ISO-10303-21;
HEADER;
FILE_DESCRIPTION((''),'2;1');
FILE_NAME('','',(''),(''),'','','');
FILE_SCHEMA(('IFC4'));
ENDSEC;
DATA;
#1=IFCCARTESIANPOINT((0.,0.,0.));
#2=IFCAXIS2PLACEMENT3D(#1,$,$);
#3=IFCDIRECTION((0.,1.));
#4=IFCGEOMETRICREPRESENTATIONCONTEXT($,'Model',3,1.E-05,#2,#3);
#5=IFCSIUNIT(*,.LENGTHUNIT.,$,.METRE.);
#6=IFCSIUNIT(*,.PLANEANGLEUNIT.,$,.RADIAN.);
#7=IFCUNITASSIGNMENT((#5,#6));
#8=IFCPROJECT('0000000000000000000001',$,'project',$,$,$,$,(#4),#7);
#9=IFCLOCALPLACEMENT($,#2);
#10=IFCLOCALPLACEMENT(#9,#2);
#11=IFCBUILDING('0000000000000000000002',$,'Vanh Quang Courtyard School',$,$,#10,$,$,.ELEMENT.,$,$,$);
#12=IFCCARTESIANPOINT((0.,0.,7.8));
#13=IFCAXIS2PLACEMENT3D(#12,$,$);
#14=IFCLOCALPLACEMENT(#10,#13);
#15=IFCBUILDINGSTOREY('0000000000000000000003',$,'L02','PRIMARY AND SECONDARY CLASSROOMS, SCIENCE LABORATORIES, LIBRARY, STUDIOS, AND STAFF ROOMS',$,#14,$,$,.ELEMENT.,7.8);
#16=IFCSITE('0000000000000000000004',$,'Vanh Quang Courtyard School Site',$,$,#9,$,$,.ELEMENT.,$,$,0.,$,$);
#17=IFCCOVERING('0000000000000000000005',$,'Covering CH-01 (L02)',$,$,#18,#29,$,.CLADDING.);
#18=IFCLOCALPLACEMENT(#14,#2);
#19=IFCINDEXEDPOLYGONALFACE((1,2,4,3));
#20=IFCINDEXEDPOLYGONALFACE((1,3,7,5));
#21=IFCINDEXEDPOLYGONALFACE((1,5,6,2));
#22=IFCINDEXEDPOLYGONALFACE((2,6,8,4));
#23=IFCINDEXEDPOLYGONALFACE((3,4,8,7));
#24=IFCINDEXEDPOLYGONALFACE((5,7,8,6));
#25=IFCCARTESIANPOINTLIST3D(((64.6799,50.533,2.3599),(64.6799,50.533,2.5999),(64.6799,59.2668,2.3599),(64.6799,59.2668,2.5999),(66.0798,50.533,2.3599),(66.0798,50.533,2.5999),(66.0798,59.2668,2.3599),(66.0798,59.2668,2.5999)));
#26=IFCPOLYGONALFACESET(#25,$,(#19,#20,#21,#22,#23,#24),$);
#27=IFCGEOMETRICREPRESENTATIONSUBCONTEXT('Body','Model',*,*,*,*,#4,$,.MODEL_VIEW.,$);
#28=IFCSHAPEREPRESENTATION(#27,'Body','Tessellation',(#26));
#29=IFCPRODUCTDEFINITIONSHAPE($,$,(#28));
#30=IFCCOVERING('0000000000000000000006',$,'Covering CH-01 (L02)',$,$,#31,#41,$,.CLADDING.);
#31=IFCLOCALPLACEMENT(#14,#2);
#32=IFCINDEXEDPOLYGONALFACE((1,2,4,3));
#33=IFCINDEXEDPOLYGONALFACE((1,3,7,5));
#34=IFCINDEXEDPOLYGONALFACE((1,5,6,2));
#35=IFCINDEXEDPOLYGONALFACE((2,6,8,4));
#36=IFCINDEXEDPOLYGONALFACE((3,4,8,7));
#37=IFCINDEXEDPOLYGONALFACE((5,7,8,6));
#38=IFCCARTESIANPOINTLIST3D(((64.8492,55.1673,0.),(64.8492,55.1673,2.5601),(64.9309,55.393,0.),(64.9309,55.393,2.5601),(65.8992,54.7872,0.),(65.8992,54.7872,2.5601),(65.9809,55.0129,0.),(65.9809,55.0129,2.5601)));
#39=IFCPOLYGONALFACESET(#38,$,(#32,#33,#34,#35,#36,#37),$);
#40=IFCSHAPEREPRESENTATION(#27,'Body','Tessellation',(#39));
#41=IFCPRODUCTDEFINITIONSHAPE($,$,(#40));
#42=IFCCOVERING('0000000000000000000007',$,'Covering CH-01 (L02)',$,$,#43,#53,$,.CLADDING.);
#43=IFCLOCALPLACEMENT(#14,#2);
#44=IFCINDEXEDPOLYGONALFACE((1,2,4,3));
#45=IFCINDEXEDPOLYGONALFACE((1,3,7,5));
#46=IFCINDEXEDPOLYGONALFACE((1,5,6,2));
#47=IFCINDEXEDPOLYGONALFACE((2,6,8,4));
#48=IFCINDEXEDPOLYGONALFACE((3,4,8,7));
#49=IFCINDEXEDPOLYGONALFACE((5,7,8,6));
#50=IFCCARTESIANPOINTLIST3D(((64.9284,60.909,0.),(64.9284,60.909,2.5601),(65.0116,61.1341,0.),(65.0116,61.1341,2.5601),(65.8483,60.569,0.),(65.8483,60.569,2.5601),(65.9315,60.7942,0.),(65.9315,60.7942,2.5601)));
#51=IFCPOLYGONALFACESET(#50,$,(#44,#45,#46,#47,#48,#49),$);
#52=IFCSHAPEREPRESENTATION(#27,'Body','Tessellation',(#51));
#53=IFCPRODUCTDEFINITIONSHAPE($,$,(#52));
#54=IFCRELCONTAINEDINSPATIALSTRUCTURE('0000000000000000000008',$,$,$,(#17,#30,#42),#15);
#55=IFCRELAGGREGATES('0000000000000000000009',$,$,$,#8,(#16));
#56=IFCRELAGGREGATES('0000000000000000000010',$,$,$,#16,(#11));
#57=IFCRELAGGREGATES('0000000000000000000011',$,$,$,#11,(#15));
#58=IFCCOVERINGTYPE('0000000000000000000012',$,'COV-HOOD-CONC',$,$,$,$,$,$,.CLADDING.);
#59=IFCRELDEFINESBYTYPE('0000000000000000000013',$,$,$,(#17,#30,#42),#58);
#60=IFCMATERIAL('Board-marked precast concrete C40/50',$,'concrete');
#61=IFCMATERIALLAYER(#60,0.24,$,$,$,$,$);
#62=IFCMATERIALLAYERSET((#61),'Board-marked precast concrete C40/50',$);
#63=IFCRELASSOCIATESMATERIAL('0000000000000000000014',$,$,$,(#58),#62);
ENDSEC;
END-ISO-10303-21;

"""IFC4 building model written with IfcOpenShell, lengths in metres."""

from ifc_helpers import new_model, si_unit, direction, frame, origin, origin_2d, place, context, subcontext, project, spatial, rectangle, extrude, material, layer, layer_set, type_object, element, save


model = new_model("IFC4")

# Units and contexts
model_context = context("Model", 3, precision=1e-05, world=origin(), true_north=direction((0.0, 1.0)))
body_context = subcontext(model_context, "Body", "Model", "MODEL_VIEW")
ifc_project = project(units=[si_unit("LENGTHUNIT", "METRE"), si_unit("PLANEANGLEUNIT", "RADIAN")], contexts=[model_context])

# Site, building, storey
site_placement = place(None, origin())
site = spatial("IfcSite", under=ifc_project, at=site_placement, Name="Vanh Quang Courtyard School Site", CompositionType="ELEMENT", RefElevation=0.0)
building_placement = place(site_placement, origin())
building = spatial("IfcBuilding", under=site, at=building_placement, Name="Vanh Quang Courtyard School", CompositionType="ELEMENT")
storey_placement = place(building_placement, frame((0.0, 0.0, 7.8)))
storey = spatial("IfcBuildingStorey", under=building, at=storey_placement, Name="L02", Description="PRIMARY AND SECONDARY CLASSROOMS, SCIENCE LABORATORIES, LIBRARY, STUDIOS, AND STAFF ROOMS", CompositionType="ELEMENT", Elevation=7.8)

# Coverings
ifc_material_1 = material(Name="Board-marked precast concrete C40/50", Category="concrete")
ifc_layer_1 = layer(ifc_material_1, 0.24)
ifc_layer_set_1 = layer_set([ifc_layer_1], Name="Board-marked precast concrete C40/50")
covering_type = type_object("IfcCoveringType", Name="COV-HOOD-CONC", PredefinedType="CLADDING", material=ifc_layer_set_1)
covering_1_placement = place(storey_placement, frame((65.3799, 54.8999, 2.3599), z_axis=(0.0, 0.0, 1.0), x_axis=(0.0, 1.0, 0.0)))
element("IfcCovering", 1, at=covering_1_placement, inside=storey, type_object=covering_type, Name="Covering CH-01 (L02)", PredefinedType="CLADDING", context=body_context, shape_type="SweptSolid", body=[
    extrude(rectangle(XDim=8.7339, YDim=1.3999, at=origin_2d()), origin(), (0.0, 0.0, 1.0), 0.24),
])
covering_2_placement = place(storey_placement, frame((65.415, 55.0901, 0.0), z_axis=(0.0, 0.0, 1.0), x_axis=(-0.940288, 0.34038, 0.0)))
element("IfcCovering", 2, at=covering_2_placement, inside=storey, type_object=covering_type, Name="Covering CH-01 (L02)", PredefinedType="CLADDING", context=body_context, shape_type="SweptSolid", body=[
    extrude(rectangle(XDim=1.1167, YDim=0.24, at=origin_2d()), origin(), (0.0, 0.0, 1.0), 2.5601),
])
covering_3_placement = place(storey_placement, frame((65.4299, 60.8516, 0.0), z_axis=(0.0, 0.0, 1.0), x_axis=(-0.93801, 0.346608, 0.0)))
element("IfcCovering", 3, at=covering_3_placement, inside=storey, type_object=covering_type, Name="Covering CH-01 (L02)", PredefinedType="CLADDING", context=body_context, shape_type="SweptSolid", body=[
    extrude(rectangle(XDim=0.9807, YDim=0.24, at=origin_2d()), origin(), (0.0, 0.0, 1.0), 2.5601),
])

save(model, "model.ifc")
